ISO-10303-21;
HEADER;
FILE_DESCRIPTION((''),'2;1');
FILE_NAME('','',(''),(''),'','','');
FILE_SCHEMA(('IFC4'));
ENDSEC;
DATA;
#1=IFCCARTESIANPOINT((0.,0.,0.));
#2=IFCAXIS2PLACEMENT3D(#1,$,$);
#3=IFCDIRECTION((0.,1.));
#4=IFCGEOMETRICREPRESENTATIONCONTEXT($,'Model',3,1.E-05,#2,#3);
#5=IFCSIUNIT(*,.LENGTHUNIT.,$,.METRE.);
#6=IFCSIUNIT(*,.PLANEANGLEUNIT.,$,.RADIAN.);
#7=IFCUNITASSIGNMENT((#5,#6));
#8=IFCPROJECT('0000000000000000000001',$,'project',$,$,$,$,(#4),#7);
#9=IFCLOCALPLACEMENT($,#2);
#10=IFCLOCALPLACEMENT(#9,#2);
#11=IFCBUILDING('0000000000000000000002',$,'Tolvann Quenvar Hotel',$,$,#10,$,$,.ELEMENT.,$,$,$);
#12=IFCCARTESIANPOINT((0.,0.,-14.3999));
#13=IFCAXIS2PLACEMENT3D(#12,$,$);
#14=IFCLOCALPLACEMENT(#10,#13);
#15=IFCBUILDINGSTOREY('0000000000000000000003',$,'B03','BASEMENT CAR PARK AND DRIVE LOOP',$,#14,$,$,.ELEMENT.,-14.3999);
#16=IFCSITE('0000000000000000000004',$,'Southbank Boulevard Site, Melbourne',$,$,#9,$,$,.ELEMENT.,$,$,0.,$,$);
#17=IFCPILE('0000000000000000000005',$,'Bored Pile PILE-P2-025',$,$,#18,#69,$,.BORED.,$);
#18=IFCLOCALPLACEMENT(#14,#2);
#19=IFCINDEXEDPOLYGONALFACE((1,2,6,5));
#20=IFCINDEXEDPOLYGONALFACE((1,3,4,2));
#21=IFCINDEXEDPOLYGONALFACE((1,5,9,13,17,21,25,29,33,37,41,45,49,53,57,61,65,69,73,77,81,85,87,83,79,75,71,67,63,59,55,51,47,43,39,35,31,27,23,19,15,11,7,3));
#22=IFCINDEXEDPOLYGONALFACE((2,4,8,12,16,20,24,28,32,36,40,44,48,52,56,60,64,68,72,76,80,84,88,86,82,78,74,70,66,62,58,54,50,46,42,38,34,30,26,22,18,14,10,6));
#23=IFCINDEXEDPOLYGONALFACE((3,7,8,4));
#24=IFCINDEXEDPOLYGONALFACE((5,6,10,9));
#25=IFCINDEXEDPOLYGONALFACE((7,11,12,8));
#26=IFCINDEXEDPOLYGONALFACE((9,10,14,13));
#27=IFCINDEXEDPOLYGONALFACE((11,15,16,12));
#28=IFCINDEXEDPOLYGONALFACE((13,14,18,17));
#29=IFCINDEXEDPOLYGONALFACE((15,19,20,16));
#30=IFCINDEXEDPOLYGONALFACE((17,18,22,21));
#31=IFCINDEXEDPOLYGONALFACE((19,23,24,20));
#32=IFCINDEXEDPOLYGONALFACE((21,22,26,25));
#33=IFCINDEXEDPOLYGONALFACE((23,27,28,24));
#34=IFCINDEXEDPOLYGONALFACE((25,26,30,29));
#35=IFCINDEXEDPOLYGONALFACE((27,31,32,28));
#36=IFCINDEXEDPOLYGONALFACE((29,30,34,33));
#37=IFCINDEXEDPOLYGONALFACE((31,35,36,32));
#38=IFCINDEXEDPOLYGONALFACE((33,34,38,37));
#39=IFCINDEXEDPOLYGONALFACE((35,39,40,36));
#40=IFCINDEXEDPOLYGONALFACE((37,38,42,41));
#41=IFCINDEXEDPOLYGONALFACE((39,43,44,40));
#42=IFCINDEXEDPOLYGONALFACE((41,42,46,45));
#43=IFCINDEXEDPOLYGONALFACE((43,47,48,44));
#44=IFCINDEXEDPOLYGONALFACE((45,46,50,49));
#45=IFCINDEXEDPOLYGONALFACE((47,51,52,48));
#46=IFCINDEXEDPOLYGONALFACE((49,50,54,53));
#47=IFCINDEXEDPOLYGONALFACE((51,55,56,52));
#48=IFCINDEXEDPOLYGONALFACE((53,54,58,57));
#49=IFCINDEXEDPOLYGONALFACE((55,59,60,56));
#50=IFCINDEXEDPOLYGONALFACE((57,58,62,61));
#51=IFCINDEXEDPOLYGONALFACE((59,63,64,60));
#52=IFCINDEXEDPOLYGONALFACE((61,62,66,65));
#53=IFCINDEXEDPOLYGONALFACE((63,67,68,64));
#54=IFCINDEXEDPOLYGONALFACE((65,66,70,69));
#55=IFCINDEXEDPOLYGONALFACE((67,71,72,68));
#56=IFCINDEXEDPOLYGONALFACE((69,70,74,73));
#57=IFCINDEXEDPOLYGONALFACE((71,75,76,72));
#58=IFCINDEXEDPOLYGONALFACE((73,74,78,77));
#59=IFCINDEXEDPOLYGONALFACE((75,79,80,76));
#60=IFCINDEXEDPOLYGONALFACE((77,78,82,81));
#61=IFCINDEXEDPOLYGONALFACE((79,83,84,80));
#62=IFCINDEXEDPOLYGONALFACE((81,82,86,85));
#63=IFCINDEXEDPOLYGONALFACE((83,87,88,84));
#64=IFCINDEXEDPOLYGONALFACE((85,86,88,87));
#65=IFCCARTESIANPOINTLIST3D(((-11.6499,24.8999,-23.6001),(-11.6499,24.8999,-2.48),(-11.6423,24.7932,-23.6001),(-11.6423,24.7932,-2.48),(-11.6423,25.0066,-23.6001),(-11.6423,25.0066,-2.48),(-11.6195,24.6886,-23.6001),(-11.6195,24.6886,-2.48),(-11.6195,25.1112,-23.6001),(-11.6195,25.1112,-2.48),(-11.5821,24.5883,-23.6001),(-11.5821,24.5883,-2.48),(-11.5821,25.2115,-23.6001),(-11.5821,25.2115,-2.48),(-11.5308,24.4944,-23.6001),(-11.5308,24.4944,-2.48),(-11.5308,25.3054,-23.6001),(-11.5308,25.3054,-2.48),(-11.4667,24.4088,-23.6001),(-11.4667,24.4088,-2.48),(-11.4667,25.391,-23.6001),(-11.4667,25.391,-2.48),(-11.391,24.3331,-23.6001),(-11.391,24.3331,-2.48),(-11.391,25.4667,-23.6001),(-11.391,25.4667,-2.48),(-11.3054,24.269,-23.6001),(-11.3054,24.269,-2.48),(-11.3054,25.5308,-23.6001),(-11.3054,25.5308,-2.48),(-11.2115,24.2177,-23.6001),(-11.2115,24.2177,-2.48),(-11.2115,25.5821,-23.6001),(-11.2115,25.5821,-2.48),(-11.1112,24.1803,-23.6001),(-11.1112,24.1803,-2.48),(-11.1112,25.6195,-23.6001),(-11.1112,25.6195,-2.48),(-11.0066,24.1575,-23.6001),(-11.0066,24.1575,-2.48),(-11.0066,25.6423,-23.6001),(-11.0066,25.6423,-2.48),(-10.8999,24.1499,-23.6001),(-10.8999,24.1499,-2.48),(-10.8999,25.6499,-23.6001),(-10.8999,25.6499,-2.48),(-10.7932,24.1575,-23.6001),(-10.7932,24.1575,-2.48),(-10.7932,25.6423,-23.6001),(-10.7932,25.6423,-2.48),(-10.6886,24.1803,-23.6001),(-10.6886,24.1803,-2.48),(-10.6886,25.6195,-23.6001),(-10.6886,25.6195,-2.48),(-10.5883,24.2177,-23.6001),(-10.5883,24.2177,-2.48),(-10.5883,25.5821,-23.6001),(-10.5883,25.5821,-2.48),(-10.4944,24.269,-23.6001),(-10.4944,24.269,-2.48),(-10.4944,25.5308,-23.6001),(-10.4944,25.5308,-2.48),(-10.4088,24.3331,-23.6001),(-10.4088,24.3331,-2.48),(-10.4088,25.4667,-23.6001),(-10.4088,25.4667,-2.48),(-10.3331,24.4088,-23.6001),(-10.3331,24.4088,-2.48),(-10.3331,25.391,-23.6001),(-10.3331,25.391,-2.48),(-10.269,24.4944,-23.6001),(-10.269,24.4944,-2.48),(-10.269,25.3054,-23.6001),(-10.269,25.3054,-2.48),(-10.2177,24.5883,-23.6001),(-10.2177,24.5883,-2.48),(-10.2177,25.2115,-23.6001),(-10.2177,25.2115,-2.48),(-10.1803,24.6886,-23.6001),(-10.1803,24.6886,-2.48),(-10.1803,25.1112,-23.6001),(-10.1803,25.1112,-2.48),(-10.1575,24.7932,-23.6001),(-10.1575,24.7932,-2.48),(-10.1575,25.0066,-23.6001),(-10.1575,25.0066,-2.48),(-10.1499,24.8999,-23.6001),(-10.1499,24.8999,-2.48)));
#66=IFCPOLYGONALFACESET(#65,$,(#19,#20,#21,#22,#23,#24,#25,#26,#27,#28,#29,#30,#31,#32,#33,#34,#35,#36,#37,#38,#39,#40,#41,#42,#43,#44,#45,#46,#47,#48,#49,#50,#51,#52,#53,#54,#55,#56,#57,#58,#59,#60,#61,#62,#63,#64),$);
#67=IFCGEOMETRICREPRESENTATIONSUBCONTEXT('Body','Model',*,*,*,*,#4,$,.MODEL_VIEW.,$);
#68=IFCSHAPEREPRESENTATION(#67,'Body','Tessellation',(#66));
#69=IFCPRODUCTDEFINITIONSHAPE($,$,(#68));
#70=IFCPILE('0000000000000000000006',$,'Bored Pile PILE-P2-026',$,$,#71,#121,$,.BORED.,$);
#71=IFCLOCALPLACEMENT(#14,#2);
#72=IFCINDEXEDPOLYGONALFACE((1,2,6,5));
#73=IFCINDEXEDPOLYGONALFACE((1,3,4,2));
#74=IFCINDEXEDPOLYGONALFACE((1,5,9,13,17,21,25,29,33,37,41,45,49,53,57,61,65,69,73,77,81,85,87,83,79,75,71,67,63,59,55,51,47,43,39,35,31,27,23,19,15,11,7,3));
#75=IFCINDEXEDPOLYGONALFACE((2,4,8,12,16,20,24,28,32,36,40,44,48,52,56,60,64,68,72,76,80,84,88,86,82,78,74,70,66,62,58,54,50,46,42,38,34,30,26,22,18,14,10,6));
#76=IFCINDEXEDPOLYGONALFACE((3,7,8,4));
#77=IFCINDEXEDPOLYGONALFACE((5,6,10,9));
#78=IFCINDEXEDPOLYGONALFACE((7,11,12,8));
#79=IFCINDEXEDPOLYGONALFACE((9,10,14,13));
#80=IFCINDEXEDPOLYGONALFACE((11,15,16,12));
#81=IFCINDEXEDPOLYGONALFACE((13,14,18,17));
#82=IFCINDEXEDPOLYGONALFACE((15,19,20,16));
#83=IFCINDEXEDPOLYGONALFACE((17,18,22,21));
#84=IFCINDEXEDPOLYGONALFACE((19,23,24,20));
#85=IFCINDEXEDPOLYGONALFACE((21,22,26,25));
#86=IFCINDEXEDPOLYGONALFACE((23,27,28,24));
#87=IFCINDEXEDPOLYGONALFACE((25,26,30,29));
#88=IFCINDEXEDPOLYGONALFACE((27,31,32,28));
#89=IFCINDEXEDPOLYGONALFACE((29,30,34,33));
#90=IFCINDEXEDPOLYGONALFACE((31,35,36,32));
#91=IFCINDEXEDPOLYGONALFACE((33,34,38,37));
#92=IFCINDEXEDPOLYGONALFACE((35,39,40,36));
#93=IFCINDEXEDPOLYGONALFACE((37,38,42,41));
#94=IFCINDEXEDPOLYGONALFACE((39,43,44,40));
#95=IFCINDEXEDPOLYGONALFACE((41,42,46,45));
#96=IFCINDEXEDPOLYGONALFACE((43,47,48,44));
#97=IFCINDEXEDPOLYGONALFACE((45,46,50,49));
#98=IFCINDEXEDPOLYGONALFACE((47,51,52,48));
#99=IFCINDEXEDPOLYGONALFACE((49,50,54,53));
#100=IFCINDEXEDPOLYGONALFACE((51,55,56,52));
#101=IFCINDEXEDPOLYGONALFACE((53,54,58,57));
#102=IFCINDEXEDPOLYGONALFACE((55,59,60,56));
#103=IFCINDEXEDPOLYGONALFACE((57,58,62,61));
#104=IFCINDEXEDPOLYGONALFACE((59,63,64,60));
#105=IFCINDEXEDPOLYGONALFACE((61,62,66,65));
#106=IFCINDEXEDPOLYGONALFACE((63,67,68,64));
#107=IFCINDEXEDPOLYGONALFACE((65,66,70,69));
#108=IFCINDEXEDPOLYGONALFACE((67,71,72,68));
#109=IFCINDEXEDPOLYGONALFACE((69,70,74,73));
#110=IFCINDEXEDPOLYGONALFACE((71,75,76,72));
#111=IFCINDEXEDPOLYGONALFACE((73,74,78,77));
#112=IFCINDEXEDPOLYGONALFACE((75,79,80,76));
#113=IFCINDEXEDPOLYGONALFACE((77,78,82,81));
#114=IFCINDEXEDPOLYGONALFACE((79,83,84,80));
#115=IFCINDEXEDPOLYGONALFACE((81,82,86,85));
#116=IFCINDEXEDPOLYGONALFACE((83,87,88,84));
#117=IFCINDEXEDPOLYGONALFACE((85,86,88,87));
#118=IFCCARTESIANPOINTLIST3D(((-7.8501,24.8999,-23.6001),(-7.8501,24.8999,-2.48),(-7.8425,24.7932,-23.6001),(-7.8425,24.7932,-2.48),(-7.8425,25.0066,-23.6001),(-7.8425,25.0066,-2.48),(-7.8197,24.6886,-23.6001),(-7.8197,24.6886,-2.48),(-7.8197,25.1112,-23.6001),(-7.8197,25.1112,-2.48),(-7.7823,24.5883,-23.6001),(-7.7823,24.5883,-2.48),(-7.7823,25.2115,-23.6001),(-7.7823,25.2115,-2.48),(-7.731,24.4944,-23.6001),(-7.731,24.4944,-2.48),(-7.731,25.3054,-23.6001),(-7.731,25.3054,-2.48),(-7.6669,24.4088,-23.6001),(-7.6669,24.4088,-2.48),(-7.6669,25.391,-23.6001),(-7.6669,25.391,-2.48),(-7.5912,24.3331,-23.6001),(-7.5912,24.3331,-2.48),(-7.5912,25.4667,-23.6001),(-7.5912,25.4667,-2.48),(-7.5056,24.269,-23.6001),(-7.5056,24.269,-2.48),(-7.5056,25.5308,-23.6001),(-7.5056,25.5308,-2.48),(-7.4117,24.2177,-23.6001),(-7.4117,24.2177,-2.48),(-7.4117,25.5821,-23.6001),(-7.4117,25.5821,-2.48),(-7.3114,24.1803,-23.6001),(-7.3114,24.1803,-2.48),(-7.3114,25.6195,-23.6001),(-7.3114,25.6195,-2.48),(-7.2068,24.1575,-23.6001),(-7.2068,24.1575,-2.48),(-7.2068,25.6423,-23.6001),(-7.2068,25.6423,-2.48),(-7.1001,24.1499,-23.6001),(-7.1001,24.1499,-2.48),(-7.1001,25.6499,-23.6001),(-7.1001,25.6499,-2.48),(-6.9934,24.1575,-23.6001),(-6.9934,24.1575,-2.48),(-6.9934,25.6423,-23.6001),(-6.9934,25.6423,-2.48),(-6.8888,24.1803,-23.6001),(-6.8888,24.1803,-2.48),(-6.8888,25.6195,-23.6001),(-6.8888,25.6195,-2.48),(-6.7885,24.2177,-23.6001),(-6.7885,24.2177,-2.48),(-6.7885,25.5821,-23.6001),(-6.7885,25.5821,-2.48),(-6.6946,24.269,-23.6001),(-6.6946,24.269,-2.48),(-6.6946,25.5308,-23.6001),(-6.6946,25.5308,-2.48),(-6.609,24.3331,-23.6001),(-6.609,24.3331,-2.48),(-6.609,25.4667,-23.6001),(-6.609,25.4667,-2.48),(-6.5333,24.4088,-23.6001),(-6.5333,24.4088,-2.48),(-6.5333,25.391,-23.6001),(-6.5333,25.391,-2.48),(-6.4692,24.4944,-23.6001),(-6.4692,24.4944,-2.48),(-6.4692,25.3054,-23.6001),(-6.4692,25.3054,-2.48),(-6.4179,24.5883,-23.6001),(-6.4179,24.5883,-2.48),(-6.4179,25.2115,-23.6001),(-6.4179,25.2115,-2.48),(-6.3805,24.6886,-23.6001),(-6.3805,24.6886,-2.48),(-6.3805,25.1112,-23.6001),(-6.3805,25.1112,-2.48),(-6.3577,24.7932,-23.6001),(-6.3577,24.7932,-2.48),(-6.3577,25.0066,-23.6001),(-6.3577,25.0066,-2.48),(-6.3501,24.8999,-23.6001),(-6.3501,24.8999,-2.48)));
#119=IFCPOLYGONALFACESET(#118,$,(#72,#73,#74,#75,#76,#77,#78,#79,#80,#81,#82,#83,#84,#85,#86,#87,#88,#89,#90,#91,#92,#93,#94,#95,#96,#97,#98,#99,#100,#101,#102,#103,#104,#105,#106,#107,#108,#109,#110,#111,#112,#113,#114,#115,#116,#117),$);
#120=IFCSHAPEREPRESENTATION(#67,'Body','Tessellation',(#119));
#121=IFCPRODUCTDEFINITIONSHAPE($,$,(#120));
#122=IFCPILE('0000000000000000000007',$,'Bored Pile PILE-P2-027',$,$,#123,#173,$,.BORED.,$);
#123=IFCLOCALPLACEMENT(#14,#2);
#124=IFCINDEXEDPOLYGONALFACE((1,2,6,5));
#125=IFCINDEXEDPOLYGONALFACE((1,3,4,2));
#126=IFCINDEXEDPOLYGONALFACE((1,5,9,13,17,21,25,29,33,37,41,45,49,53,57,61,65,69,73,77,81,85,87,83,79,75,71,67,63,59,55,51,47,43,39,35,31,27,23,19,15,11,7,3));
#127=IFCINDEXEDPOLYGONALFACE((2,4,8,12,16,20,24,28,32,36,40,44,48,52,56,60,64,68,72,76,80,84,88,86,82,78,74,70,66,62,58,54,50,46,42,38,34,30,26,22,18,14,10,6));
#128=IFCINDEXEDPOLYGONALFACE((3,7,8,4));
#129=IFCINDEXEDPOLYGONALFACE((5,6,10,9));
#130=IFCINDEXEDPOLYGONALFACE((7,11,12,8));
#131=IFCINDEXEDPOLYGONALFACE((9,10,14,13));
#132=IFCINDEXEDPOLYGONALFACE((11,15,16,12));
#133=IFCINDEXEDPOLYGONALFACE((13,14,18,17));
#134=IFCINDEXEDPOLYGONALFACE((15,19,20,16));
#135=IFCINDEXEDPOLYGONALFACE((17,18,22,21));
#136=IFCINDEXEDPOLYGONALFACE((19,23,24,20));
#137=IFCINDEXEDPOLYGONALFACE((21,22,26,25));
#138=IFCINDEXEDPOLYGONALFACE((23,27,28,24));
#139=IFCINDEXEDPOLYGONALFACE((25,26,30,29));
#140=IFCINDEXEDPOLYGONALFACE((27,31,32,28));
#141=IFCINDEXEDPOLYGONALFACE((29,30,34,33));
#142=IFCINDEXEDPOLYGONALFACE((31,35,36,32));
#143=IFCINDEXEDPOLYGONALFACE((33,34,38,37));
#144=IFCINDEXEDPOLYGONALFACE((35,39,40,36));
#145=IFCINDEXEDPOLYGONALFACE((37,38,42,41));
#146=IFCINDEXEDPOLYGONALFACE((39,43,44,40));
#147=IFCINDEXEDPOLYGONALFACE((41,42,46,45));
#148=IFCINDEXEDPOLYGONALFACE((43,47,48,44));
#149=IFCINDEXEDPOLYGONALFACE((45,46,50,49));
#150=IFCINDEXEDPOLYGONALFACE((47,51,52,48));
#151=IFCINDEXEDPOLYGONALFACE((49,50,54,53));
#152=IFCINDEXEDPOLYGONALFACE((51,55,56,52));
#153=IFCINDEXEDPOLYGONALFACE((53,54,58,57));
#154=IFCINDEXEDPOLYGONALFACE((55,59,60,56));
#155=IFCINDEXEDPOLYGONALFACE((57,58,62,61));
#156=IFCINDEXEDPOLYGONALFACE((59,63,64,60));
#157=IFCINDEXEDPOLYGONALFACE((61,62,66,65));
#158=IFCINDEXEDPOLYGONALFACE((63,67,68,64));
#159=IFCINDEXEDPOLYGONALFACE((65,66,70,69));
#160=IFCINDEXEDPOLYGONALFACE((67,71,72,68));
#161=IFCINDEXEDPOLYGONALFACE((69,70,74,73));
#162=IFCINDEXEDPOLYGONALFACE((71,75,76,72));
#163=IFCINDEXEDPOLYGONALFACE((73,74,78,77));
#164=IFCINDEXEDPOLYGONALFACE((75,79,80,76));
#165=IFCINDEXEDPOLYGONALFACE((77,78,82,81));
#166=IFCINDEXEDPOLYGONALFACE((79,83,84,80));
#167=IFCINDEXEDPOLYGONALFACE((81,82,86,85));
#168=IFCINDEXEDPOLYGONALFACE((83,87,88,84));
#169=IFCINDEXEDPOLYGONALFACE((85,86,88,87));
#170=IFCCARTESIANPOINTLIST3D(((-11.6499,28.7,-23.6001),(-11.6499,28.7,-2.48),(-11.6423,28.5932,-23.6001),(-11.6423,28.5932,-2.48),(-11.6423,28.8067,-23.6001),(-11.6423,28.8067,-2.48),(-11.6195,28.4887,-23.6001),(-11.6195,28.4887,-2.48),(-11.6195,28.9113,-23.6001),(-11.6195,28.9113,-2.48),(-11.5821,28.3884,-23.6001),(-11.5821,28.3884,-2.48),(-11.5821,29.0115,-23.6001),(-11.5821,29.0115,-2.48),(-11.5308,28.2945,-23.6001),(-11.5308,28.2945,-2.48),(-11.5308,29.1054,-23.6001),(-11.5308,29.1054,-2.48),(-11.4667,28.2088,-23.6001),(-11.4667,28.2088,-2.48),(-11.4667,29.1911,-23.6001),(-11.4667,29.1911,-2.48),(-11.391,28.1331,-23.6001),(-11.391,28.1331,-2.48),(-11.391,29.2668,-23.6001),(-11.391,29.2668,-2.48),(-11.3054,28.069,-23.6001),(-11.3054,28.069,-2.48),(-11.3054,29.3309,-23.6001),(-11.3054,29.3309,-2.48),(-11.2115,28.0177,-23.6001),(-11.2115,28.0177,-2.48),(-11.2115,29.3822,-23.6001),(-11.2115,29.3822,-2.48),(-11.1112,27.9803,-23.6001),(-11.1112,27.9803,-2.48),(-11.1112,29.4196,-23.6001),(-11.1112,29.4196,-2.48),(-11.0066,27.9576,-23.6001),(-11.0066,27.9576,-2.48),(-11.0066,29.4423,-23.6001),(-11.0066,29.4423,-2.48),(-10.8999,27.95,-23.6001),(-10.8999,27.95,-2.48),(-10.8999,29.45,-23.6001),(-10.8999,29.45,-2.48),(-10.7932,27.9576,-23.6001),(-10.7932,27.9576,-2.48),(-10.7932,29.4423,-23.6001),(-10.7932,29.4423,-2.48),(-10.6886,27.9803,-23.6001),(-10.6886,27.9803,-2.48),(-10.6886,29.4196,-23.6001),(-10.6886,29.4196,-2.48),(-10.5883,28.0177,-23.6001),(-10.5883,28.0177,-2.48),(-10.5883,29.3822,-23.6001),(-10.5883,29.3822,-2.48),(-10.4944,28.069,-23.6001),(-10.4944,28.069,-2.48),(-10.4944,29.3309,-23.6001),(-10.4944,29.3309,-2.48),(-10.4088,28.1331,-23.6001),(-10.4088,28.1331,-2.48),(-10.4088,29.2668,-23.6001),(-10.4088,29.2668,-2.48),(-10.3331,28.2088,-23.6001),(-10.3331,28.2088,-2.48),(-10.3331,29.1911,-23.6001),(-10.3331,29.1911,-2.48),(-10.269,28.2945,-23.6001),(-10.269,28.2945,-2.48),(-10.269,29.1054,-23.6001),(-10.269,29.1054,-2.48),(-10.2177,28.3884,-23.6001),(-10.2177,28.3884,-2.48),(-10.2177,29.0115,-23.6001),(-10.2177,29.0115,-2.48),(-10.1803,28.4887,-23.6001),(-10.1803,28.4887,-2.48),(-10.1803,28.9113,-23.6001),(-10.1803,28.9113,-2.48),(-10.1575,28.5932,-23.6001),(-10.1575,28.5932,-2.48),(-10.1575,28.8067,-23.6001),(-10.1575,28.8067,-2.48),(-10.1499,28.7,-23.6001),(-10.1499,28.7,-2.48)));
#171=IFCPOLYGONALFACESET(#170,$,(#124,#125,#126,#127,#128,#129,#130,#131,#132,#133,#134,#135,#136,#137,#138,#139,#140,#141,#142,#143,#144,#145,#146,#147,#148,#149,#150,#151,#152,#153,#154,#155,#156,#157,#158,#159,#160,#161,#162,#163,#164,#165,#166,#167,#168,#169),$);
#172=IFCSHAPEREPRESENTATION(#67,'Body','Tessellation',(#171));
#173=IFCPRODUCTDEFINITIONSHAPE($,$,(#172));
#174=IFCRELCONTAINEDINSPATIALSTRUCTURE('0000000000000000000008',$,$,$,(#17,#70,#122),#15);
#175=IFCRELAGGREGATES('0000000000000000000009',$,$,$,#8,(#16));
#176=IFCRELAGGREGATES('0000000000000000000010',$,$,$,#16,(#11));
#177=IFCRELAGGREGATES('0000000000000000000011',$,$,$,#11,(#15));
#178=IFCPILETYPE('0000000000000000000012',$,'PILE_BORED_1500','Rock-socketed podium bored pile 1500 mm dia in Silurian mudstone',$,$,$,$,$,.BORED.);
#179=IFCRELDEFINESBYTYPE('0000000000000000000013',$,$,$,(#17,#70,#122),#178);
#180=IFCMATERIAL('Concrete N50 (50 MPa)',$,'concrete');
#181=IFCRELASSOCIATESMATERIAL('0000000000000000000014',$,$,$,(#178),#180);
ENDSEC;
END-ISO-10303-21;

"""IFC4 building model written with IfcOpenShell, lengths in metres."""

from ifc_helpers import new_model, si_unit, direction, frame, origin, origin_2d, place, context, subcontext, project, spatial, circle, extrude, material, material_profile, profile_set, type_object, element, save


model = new_model("IFC4")

# Units and contexts
model_context = context("Model", 3, precision=1e-05, world=origin(), true_north=direction((0.0, 1.0)))
body_context = subcontext(model_context, "Body", "Model", "MODEL_VIEW")
ifc_project = project(units=[si_unit("LENGTHUNIT", "METRE"), si_unit("PLANEANGLEUNIT", "RADIAN")], contexts=[model_context])

# Site, building, storey
site_placement = place(None, origin())
site = spatial("IfcSite", under=ifc_project, at=site_placement, Name="Southbank Boulevard Site, Melbourne", CompositionType="ELEMENT", RefElevation=0.0)
building_placement = place(site_placement, origin())
building = spatial("IfcBuilding", under=site, at=building_placement, Name="Tolvann Quenvar Hotel", CompositionType="ELEMENT")
storey_placement = place(building_placement, frame((0.0, 0.0, -14.3999)))
storey = spatial("IfcBuildingStorey", under=building, at=storey_placement, Name="B03", Description="BASEMENT CAR PARK AND DRIVE LOOP", CompositionType="ELEMENT", Elevation=-14.3999)

# Piles
ifc_material_1 = material(Name="Concrete N50 (50 MPa)", Category="concrete")
ifc_material_profile_1 = material_profile(ifc_material_1, circle(Radius=0.75, at=origin_2d()), Name="PILE1500")
ifc_profile_set_1 = profile_set([ifc_material_profile_1], Name="Concrete N50 (50 MPa)")
pile_type_1 = type_object("IfcPileType", Name="PILE_BORED_1500", Description="Rock-socketed podium bored pile 1500 mm dia in Silurian mudstone", PredefinedType="BORED", material=ifc_profile_set_1)
for number, where, z_axis, x_axis, name in (
    (1, (-10.8999, 24.8999, -2.48), (0.0, 0.0, -1.0), (1.0, 0.0, 0.0), "Bored Pile PILE-P2-025"),
    (2, (-7.1001, 24.8999, -2.48), (0.0, 0.0, -1.0), (1.0, 0.0, 0.0), "Bored Pile PILE-P2-026"),
    (3, (-10.8999, 28.7, -2.48), (0.0, 0.0, -1.0), (1.0, 0.0, 0.0), "Bored Pile PILE-P2-027"),
):
    element("IfcPile", number, at=place(storey_placement, frame(where, z_axis=z_axis, x_axis=x_axis)), inside=storey, type_object=pile_type_1, Name=name, PredefinedType="BORED", context=body_context, shape_type="SweptSolid", body=[
        extrude(circle(Radius=0.75, at=origin_2d()), origin(), (0.0, 0.0, 1.0), 21.1201),
    ])

save(model, "model.ifc")
